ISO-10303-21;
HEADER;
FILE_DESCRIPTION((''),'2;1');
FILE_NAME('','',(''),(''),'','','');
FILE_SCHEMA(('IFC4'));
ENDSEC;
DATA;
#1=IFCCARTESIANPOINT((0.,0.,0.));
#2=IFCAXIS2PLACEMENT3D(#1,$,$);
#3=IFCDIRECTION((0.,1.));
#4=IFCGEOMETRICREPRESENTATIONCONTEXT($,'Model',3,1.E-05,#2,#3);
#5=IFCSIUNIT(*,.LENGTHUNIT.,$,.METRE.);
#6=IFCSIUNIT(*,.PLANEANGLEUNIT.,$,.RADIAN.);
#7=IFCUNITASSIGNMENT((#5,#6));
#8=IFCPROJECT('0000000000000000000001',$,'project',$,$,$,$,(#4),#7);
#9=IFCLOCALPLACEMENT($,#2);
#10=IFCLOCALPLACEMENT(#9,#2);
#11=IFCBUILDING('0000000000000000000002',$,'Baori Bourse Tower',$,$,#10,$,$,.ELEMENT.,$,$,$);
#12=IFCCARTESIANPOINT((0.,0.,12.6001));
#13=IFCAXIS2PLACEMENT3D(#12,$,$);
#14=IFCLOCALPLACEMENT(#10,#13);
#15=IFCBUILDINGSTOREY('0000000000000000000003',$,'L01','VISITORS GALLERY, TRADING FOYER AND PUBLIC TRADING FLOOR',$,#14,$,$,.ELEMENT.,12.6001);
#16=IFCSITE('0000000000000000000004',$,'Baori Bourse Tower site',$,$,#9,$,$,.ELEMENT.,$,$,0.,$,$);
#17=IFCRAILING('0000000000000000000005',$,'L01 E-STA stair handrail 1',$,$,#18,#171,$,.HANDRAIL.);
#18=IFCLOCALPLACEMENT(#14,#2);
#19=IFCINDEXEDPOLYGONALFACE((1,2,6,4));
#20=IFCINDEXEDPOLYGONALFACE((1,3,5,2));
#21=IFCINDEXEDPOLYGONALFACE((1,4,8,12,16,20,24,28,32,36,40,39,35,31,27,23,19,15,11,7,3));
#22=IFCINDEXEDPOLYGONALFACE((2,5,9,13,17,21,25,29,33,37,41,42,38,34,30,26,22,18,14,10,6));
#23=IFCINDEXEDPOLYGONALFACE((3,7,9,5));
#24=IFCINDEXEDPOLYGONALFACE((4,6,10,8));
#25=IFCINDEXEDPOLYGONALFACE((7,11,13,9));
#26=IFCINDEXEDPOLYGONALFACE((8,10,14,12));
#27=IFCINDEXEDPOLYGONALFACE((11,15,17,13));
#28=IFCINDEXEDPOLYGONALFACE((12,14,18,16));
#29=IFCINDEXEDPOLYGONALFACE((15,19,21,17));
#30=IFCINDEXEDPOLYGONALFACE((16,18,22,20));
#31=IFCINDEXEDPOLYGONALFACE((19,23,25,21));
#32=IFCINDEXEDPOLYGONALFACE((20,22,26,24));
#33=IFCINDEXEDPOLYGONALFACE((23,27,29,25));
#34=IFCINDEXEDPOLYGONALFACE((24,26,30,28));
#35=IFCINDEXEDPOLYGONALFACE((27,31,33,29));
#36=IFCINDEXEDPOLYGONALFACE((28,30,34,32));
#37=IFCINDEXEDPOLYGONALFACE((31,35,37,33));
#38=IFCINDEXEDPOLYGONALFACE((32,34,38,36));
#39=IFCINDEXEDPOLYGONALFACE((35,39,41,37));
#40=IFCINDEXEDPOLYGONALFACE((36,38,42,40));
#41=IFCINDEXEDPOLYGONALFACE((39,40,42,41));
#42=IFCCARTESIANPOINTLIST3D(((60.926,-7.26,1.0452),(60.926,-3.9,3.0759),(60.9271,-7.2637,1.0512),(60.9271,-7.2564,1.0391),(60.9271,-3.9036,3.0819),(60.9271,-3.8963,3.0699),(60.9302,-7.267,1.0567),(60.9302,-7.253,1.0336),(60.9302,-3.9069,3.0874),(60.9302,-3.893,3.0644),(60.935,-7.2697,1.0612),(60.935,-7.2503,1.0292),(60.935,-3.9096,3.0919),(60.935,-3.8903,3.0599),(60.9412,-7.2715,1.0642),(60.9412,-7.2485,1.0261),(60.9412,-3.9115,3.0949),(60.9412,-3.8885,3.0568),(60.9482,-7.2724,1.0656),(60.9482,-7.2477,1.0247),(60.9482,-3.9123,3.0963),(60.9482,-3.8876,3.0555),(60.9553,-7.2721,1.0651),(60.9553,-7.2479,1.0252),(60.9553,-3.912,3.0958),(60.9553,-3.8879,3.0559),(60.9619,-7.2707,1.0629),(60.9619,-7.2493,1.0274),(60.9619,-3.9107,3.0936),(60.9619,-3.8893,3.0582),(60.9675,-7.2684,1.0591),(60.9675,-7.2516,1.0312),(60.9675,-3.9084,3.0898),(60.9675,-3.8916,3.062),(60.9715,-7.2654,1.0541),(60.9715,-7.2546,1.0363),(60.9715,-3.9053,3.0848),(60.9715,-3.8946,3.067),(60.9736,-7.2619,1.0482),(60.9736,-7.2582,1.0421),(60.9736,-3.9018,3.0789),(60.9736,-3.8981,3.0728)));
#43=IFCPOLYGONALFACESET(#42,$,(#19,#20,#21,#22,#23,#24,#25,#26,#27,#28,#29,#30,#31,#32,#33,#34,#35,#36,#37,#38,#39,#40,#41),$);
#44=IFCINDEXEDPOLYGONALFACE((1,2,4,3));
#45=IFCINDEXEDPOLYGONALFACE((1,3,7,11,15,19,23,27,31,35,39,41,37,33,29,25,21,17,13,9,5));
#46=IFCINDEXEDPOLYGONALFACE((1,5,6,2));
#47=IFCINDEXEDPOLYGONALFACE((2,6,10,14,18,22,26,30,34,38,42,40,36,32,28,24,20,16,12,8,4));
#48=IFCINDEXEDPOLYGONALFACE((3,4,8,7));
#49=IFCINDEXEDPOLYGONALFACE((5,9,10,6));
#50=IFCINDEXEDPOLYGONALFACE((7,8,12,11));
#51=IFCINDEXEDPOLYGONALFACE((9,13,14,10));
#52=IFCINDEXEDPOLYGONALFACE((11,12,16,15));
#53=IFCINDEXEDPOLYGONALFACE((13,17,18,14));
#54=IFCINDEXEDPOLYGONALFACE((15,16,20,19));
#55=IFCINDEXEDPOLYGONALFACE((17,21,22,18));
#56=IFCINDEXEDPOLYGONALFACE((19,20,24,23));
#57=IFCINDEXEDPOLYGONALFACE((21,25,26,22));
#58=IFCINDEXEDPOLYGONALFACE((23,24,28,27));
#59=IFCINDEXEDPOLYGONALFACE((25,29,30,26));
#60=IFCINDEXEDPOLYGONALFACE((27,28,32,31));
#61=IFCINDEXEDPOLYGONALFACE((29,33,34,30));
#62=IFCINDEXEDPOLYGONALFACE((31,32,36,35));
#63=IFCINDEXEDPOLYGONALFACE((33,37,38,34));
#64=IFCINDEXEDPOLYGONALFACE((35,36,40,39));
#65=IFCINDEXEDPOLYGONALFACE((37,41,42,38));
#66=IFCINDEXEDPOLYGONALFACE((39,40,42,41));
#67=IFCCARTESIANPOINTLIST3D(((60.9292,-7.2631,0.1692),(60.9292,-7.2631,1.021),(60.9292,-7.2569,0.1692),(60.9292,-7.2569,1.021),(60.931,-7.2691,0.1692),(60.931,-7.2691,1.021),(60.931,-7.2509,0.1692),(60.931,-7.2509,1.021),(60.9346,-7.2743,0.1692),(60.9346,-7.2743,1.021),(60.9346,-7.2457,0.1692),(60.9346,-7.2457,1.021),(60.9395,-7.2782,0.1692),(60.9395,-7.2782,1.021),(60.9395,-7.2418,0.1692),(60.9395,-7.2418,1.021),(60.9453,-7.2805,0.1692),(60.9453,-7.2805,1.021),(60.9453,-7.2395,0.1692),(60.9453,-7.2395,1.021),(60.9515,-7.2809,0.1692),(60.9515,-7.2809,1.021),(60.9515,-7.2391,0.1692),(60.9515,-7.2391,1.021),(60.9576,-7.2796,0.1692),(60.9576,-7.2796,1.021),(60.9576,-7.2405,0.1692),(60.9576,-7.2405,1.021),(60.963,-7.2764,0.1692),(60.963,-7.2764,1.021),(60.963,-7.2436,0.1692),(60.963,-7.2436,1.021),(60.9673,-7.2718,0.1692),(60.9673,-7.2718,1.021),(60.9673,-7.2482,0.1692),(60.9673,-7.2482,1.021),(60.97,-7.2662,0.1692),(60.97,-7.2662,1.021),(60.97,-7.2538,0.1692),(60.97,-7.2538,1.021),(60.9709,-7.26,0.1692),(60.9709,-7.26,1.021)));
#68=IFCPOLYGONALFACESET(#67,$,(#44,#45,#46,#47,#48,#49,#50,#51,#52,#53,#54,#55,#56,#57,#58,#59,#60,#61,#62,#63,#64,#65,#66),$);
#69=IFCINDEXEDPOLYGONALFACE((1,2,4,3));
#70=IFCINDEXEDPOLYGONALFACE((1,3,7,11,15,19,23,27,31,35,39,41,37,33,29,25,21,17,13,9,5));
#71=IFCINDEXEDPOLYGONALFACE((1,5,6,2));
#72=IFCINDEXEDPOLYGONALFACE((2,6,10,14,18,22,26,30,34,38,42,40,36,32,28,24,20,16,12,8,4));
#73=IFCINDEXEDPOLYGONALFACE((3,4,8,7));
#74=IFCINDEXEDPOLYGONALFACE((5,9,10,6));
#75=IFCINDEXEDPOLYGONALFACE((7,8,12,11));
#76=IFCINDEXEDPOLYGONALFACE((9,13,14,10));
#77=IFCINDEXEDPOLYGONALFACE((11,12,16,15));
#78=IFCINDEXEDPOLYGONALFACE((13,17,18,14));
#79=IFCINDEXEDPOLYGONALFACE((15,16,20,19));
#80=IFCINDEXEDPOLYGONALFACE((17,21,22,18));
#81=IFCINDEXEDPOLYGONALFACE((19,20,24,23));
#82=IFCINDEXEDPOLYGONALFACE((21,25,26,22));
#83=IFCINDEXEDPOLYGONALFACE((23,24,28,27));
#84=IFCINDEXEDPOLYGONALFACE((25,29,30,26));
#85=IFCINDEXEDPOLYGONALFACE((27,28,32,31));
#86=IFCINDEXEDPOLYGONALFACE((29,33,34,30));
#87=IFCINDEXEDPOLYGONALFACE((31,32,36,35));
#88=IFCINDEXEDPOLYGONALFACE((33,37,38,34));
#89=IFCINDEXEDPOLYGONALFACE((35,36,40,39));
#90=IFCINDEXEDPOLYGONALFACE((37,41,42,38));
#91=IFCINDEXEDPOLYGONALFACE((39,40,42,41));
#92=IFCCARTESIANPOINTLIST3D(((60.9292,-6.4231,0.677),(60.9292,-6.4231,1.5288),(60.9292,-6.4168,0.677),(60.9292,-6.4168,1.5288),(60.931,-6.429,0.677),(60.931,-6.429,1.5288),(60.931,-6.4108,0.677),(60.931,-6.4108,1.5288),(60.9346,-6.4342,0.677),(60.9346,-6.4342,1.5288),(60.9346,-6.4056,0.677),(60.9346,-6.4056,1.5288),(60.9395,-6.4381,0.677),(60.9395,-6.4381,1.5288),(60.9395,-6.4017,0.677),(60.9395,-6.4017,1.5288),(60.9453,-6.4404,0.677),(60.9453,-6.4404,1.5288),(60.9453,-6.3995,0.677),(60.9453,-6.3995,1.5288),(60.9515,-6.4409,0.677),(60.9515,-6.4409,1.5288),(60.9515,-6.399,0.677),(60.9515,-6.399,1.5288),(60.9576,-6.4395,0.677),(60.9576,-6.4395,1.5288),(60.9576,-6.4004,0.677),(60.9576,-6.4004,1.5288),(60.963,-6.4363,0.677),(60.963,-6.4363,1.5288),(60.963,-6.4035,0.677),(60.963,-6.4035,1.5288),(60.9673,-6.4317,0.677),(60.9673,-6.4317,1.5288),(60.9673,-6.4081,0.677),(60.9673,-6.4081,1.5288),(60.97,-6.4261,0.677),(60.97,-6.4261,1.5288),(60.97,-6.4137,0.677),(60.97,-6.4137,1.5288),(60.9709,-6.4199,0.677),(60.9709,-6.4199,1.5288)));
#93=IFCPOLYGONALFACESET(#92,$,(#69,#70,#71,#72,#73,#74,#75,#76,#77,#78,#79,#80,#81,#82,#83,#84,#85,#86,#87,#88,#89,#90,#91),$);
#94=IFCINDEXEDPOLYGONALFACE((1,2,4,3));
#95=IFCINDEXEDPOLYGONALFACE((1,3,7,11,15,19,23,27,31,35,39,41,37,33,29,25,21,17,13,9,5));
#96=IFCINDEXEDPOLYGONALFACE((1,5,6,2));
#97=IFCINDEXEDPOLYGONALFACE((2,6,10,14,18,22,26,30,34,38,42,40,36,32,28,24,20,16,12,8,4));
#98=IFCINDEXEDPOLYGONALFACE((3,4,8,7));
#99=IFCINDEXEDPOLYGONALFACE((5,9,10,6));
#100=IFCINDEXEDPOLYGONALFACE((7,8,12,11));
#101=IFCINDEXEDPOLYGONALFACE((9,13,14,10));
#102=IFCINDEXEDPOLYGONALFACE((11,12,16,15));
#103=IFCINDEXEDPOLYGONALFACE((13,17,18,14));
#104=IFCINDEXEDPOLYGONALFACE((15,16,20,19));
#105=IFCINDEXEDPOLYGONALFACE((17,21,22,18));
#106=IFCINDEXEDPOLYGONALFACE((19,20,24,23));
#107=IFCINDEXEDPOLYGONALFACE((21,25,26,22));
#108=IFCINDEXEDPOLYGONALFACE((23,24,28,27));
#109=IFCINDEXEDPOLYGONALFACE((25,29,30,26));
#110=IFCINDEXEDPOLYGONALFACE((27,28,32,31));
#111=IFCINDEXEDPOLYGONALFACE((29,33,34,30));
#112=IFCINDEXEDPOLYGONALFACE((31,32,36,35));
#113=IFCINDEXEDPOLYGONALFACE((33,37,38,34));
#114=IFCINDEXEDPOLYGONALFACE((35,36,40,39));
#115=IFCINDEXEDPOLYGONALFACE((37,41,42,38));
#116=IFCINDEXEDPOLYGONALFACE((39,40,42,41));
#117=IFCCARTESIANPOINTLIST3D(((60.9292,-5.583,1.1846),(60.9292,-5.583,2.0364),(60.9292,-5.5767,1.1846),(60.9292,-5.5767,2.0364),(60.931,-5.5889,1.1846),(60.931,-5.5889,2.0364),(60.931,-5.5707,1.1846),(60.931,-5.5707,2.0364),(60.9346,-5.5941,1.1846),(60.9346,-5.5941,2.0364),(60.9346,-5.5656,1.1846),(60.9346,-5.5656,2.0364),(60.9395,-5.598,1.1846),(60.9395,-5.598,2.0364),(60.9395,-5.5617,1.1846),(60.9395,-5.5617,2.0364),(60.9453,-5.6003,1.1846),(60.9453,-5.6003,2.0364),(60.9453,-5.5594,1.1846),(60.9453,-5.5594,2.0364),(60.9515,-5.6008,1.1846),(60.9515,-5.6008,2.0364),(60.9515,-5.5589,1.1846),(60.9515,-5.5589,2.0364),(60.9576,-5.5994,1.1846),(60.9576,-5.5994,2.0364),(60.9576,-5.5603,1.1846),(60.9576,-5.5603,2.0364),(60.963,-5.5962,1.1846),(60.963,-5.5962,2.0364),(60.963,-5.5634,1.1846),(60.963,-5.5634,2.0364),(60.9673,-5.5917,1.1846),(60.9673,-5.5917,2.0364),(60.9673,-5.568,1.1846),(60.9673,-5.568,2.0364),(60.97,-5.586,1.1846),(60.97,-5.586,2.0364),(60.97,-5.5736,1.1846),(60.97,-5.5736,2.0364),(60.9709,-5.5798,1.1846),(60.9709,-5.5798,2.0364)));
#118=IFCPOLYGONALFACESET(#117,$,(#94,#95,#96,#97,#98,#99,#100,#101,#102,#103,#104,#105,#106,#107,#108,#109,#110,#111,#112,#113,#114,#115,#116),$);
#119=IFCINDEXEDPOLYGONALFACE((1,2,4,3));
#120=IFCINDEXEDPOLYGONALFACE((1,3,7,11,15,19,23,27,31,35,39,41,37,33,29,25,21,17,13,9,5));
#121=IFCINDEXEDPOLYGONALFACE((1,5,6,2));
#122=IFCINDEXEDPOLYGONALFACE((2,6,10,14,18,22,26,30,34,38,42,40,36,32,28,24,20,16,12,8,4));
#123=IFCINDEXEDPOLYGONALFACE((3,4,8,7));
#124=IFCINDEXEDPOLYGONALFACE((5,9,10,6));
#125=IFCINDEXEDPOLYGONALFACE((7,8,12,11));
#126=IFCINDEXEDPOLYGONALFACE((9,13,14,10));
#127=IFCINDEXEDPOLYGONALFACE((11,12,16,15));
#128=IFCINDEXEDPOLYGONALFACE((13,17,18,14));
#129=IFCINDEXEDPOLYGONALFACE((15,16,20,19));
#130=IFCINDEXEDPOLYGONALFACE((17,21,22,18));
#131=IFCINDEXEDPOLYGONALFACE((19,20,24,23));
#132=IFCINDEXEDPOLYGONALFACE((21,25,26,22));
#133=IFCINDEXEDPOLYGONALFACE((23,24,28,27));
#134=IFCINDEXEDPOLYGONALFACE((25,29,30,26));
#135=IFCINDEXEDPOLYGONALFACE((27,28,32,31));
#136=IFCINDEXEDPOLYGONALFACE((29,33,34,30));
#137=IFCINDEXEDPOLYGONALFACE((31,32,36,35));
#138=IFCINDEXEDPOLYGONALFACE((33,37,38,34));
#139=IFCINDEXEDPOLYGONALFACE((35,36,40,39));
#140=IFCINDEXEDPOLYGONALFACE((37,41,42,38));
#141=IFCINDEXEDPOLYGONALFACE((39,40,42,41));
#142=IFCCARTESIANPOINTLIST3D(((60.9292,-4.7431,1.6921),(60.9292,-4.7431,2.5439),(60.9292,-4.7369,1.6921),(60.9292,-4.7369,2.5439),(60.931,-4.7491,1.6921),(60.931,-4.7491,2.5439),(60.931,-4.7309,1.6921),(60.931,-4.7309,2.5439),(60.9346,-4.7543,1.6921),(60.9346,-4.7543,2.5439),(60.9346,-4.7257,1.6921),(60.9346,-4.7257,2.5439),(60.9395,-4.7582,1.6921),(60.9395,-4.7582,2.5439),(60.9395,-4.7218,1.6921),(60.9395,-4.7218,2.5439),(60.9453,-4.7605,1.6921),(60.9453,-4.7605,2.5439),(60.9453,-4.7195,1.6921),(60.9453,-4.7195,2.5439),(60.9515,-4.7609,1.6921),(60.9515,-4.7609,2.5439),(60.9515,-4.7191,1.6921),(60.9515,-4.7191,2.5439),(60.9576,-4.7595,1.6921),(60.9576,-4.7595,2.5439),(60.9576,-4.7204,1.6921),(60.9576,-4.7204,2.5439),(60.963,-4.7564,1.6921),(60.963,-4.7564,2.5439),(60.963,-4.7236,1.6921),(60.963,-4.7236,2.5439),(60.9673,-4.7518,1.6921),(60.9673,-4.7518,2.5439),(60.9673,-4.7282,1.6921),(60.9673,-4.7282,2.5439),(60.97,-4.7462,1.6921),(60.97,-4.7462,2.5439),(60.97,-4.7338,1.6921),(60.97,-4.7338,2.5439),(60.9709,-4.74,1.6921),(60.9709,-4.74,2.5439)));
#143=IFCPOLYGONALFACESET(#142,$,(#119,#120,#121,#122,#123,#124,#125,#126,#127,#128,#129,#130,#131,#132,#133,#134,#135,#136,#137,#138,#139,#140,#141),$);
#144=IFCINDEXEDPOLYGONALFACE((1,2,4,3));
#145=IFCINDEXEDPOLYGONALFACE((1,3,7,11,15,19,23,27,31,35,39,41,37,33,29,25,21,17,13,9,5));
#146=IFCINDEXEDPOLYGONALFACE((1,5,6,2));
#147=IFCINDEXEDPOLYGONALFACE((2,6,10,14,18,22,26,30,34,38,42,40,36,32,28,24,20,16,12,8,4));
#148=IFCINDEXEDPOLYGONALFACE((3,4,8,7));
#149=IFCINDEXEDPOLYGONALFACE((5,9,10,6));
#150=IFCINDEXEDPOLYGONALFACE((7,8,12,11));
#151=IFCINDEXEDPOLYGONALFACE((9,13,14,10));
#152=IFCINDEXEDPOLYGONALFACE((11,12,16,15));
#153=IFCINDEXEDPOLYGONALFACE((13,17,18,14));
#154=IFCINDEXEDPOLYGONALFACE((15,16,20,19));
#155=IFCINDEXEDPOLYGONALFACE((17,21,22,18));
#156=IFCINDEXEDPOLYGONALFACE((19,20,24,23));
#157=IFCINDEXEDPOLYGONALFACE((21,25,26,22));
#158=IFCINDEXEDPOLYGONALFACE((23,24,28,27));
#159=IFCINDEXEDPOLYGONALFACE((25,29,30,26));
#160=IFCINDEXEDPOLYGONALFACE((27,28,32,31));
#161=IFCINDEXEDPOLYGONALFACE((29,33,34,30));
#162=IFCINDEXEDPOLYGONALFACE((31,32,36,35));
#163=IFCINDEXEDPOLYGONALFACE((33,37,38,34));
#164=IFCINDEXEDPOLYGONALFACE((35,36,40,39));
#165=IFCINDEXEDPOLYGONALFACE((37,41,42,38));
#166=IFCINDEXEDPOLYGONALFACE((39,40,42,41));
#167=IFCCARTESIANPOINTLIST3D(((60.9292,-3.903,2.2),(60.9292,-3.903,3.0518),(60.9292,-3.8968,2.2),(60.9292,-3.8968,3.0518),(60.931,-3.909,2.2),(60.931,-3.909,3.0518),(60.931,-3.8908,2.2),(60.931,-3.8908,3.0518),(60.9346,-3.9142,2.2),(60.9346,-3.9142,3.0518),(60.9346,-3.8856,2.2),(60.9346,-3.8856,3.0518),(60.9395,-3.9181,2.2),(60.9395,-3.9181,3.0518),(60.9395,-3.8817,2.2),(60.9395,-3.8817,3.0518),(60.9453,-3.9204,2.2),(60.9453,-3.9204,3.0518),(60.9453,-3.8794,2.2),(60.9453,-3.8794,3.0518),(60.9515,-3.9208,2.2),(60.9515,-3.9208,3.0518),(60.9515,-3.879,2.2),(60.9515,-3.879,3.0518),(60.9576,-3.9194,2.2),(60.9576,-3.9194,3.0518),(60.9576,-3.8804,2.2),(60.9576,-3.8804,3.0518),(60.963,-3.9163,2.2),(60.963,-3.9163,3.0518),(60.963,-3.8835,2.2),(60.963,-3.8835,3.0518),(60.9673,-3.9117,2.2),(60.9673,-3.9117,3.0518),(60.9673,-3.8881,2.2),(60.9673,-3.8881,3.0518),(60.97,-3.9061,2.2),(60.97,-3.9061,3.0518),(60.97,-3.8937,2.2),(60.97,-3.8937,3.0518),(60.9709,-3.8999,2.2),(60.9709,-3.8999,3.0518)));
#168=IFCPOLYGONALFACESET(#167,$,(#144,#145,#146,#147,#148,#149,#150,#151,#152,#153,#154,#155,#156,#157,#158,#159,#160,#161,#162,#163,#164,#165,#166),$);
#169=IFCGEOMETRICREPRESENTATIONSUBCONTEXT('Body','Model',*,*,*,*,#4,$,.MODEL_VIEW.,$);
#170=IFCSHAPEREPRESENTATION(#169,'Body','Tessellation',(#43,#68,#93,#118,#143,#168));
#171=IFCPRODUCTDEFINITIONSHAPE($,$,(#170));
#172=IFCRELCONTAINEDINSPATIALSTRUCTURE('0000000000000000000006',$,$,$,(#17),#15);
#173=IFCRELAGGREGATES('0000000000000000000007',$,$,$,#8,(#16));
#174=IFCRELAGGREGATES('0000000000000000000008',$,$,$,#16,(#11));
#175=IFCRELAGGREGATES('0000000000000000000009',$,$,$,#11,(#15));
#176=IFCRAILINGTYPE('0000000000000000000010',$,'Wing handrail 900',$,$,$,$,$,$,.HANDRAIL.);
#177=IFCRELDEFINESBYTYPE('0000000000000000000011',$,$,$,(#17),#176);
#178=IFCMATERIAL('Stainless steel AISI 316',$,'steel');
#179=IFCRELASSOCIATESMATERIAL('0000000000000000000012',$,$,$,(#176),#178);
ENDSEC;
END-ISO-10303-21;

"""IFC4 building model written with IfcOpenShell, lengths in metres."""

from ifc_helpers import new_model, si_unit, direction, frame, origin, origin_2d, place, context, subcontext, project, spatial, circle, extrude, material, type_object, element, save


model = new_model("IFC4")

# Units and contexts
model_context = context("Model", 3, precision=1e-05, world=origin(), true_north=direction((0.0, 1.0)))
body_context = subcontext(model_context, "Body", "Model", "MODEL_VIEW")
ifc_project = project(units=[si_unit("LENGTHUNIT", "METRE"), si_unit("PLANEANGLEUNIT", "RADIAN")], contexts=[model_context])

# Site, building, storey
site_placement = place(None, origin())
site = spatial("IfcSite", under=ifc_project, at=site_placement, Name="Baori Bourse Tower site", CompositionType="ELEMENT", RefElevation=0.0)
building_placement = place(site_placement, origin())
building = spatial("IfcBuilding", under=site, at=building_placement, Name="Baori Bourse Tower", CompositionType="ELEMENT")
storey_placement = place(building_placement, frame((0.0, 0.0, 12.6001)))
storey = spatial("IfcBuildingStorey", under=building, at=storey_placement, Name="L01", Description="VISITORS GALLERY, TRADING FOYER AND PUBLIC TRADING FLOOR", CompositionType="ELEMENT", Elevation=12.6001)

# Railing
ifc_material_1 = material(Name="Stainless steel AISI 316", Category="steel")
railing_type_1 = type_object("IfcRailingType", Name="Wing handrail 900", PredefinedType="HANDRAIL", material=ifc_material_1)
railing_1_placement = place(storey_placement, frame((60.95, -7.26, 0.1692)))
element("IfcRailing", 1, at=railing_1_placement, inside=storey, type_object=railing_type_1, Name="L01 E-STA stair handrail 1", PredefinedType="HANDRAIL", context=body_context, shape_type="SweptSolid", body=[
    extrude(circle(Radius=0.0239, at=origin_2d()), frame((0.0, 0.0, 0.876), z_axis=(0.0, 0.855837, 0.517246), x_axis=(-1.0, 0.0, 0.0)), (0.0, 0.0, 1.0), 3.926),
    extrude(circle(Radius=0.021, at=origin_2d()), origin(), (0.0, 0.0, 1.0), 0.8518),
    extrude(circle(Radius=0.021, at=origin_2d()), frame((0.0, 0.8401, 0.5078)), (0.0, 0.0, 1.0), 0.8518),
    extrude(circle(Radius=0.021, at=origin_2d()), frame((0.0, 1.6802, 1.0154)), (0.0, 0.0, 1.0), 0.8518),
    extrude(circle(Radius=0.021, at=origin_2d()), frame((0.0, 2.52, 1.5229)), (0.0, 0.0, 1.0), 0.8518),
    extrude(circle(Radius=0.021, at=origin_2d()), frame((0.0, 3.3601, 2.0308)), (0.0, 0.0, 1.0), 0.8518),
])

save(model, "model.ifc")
